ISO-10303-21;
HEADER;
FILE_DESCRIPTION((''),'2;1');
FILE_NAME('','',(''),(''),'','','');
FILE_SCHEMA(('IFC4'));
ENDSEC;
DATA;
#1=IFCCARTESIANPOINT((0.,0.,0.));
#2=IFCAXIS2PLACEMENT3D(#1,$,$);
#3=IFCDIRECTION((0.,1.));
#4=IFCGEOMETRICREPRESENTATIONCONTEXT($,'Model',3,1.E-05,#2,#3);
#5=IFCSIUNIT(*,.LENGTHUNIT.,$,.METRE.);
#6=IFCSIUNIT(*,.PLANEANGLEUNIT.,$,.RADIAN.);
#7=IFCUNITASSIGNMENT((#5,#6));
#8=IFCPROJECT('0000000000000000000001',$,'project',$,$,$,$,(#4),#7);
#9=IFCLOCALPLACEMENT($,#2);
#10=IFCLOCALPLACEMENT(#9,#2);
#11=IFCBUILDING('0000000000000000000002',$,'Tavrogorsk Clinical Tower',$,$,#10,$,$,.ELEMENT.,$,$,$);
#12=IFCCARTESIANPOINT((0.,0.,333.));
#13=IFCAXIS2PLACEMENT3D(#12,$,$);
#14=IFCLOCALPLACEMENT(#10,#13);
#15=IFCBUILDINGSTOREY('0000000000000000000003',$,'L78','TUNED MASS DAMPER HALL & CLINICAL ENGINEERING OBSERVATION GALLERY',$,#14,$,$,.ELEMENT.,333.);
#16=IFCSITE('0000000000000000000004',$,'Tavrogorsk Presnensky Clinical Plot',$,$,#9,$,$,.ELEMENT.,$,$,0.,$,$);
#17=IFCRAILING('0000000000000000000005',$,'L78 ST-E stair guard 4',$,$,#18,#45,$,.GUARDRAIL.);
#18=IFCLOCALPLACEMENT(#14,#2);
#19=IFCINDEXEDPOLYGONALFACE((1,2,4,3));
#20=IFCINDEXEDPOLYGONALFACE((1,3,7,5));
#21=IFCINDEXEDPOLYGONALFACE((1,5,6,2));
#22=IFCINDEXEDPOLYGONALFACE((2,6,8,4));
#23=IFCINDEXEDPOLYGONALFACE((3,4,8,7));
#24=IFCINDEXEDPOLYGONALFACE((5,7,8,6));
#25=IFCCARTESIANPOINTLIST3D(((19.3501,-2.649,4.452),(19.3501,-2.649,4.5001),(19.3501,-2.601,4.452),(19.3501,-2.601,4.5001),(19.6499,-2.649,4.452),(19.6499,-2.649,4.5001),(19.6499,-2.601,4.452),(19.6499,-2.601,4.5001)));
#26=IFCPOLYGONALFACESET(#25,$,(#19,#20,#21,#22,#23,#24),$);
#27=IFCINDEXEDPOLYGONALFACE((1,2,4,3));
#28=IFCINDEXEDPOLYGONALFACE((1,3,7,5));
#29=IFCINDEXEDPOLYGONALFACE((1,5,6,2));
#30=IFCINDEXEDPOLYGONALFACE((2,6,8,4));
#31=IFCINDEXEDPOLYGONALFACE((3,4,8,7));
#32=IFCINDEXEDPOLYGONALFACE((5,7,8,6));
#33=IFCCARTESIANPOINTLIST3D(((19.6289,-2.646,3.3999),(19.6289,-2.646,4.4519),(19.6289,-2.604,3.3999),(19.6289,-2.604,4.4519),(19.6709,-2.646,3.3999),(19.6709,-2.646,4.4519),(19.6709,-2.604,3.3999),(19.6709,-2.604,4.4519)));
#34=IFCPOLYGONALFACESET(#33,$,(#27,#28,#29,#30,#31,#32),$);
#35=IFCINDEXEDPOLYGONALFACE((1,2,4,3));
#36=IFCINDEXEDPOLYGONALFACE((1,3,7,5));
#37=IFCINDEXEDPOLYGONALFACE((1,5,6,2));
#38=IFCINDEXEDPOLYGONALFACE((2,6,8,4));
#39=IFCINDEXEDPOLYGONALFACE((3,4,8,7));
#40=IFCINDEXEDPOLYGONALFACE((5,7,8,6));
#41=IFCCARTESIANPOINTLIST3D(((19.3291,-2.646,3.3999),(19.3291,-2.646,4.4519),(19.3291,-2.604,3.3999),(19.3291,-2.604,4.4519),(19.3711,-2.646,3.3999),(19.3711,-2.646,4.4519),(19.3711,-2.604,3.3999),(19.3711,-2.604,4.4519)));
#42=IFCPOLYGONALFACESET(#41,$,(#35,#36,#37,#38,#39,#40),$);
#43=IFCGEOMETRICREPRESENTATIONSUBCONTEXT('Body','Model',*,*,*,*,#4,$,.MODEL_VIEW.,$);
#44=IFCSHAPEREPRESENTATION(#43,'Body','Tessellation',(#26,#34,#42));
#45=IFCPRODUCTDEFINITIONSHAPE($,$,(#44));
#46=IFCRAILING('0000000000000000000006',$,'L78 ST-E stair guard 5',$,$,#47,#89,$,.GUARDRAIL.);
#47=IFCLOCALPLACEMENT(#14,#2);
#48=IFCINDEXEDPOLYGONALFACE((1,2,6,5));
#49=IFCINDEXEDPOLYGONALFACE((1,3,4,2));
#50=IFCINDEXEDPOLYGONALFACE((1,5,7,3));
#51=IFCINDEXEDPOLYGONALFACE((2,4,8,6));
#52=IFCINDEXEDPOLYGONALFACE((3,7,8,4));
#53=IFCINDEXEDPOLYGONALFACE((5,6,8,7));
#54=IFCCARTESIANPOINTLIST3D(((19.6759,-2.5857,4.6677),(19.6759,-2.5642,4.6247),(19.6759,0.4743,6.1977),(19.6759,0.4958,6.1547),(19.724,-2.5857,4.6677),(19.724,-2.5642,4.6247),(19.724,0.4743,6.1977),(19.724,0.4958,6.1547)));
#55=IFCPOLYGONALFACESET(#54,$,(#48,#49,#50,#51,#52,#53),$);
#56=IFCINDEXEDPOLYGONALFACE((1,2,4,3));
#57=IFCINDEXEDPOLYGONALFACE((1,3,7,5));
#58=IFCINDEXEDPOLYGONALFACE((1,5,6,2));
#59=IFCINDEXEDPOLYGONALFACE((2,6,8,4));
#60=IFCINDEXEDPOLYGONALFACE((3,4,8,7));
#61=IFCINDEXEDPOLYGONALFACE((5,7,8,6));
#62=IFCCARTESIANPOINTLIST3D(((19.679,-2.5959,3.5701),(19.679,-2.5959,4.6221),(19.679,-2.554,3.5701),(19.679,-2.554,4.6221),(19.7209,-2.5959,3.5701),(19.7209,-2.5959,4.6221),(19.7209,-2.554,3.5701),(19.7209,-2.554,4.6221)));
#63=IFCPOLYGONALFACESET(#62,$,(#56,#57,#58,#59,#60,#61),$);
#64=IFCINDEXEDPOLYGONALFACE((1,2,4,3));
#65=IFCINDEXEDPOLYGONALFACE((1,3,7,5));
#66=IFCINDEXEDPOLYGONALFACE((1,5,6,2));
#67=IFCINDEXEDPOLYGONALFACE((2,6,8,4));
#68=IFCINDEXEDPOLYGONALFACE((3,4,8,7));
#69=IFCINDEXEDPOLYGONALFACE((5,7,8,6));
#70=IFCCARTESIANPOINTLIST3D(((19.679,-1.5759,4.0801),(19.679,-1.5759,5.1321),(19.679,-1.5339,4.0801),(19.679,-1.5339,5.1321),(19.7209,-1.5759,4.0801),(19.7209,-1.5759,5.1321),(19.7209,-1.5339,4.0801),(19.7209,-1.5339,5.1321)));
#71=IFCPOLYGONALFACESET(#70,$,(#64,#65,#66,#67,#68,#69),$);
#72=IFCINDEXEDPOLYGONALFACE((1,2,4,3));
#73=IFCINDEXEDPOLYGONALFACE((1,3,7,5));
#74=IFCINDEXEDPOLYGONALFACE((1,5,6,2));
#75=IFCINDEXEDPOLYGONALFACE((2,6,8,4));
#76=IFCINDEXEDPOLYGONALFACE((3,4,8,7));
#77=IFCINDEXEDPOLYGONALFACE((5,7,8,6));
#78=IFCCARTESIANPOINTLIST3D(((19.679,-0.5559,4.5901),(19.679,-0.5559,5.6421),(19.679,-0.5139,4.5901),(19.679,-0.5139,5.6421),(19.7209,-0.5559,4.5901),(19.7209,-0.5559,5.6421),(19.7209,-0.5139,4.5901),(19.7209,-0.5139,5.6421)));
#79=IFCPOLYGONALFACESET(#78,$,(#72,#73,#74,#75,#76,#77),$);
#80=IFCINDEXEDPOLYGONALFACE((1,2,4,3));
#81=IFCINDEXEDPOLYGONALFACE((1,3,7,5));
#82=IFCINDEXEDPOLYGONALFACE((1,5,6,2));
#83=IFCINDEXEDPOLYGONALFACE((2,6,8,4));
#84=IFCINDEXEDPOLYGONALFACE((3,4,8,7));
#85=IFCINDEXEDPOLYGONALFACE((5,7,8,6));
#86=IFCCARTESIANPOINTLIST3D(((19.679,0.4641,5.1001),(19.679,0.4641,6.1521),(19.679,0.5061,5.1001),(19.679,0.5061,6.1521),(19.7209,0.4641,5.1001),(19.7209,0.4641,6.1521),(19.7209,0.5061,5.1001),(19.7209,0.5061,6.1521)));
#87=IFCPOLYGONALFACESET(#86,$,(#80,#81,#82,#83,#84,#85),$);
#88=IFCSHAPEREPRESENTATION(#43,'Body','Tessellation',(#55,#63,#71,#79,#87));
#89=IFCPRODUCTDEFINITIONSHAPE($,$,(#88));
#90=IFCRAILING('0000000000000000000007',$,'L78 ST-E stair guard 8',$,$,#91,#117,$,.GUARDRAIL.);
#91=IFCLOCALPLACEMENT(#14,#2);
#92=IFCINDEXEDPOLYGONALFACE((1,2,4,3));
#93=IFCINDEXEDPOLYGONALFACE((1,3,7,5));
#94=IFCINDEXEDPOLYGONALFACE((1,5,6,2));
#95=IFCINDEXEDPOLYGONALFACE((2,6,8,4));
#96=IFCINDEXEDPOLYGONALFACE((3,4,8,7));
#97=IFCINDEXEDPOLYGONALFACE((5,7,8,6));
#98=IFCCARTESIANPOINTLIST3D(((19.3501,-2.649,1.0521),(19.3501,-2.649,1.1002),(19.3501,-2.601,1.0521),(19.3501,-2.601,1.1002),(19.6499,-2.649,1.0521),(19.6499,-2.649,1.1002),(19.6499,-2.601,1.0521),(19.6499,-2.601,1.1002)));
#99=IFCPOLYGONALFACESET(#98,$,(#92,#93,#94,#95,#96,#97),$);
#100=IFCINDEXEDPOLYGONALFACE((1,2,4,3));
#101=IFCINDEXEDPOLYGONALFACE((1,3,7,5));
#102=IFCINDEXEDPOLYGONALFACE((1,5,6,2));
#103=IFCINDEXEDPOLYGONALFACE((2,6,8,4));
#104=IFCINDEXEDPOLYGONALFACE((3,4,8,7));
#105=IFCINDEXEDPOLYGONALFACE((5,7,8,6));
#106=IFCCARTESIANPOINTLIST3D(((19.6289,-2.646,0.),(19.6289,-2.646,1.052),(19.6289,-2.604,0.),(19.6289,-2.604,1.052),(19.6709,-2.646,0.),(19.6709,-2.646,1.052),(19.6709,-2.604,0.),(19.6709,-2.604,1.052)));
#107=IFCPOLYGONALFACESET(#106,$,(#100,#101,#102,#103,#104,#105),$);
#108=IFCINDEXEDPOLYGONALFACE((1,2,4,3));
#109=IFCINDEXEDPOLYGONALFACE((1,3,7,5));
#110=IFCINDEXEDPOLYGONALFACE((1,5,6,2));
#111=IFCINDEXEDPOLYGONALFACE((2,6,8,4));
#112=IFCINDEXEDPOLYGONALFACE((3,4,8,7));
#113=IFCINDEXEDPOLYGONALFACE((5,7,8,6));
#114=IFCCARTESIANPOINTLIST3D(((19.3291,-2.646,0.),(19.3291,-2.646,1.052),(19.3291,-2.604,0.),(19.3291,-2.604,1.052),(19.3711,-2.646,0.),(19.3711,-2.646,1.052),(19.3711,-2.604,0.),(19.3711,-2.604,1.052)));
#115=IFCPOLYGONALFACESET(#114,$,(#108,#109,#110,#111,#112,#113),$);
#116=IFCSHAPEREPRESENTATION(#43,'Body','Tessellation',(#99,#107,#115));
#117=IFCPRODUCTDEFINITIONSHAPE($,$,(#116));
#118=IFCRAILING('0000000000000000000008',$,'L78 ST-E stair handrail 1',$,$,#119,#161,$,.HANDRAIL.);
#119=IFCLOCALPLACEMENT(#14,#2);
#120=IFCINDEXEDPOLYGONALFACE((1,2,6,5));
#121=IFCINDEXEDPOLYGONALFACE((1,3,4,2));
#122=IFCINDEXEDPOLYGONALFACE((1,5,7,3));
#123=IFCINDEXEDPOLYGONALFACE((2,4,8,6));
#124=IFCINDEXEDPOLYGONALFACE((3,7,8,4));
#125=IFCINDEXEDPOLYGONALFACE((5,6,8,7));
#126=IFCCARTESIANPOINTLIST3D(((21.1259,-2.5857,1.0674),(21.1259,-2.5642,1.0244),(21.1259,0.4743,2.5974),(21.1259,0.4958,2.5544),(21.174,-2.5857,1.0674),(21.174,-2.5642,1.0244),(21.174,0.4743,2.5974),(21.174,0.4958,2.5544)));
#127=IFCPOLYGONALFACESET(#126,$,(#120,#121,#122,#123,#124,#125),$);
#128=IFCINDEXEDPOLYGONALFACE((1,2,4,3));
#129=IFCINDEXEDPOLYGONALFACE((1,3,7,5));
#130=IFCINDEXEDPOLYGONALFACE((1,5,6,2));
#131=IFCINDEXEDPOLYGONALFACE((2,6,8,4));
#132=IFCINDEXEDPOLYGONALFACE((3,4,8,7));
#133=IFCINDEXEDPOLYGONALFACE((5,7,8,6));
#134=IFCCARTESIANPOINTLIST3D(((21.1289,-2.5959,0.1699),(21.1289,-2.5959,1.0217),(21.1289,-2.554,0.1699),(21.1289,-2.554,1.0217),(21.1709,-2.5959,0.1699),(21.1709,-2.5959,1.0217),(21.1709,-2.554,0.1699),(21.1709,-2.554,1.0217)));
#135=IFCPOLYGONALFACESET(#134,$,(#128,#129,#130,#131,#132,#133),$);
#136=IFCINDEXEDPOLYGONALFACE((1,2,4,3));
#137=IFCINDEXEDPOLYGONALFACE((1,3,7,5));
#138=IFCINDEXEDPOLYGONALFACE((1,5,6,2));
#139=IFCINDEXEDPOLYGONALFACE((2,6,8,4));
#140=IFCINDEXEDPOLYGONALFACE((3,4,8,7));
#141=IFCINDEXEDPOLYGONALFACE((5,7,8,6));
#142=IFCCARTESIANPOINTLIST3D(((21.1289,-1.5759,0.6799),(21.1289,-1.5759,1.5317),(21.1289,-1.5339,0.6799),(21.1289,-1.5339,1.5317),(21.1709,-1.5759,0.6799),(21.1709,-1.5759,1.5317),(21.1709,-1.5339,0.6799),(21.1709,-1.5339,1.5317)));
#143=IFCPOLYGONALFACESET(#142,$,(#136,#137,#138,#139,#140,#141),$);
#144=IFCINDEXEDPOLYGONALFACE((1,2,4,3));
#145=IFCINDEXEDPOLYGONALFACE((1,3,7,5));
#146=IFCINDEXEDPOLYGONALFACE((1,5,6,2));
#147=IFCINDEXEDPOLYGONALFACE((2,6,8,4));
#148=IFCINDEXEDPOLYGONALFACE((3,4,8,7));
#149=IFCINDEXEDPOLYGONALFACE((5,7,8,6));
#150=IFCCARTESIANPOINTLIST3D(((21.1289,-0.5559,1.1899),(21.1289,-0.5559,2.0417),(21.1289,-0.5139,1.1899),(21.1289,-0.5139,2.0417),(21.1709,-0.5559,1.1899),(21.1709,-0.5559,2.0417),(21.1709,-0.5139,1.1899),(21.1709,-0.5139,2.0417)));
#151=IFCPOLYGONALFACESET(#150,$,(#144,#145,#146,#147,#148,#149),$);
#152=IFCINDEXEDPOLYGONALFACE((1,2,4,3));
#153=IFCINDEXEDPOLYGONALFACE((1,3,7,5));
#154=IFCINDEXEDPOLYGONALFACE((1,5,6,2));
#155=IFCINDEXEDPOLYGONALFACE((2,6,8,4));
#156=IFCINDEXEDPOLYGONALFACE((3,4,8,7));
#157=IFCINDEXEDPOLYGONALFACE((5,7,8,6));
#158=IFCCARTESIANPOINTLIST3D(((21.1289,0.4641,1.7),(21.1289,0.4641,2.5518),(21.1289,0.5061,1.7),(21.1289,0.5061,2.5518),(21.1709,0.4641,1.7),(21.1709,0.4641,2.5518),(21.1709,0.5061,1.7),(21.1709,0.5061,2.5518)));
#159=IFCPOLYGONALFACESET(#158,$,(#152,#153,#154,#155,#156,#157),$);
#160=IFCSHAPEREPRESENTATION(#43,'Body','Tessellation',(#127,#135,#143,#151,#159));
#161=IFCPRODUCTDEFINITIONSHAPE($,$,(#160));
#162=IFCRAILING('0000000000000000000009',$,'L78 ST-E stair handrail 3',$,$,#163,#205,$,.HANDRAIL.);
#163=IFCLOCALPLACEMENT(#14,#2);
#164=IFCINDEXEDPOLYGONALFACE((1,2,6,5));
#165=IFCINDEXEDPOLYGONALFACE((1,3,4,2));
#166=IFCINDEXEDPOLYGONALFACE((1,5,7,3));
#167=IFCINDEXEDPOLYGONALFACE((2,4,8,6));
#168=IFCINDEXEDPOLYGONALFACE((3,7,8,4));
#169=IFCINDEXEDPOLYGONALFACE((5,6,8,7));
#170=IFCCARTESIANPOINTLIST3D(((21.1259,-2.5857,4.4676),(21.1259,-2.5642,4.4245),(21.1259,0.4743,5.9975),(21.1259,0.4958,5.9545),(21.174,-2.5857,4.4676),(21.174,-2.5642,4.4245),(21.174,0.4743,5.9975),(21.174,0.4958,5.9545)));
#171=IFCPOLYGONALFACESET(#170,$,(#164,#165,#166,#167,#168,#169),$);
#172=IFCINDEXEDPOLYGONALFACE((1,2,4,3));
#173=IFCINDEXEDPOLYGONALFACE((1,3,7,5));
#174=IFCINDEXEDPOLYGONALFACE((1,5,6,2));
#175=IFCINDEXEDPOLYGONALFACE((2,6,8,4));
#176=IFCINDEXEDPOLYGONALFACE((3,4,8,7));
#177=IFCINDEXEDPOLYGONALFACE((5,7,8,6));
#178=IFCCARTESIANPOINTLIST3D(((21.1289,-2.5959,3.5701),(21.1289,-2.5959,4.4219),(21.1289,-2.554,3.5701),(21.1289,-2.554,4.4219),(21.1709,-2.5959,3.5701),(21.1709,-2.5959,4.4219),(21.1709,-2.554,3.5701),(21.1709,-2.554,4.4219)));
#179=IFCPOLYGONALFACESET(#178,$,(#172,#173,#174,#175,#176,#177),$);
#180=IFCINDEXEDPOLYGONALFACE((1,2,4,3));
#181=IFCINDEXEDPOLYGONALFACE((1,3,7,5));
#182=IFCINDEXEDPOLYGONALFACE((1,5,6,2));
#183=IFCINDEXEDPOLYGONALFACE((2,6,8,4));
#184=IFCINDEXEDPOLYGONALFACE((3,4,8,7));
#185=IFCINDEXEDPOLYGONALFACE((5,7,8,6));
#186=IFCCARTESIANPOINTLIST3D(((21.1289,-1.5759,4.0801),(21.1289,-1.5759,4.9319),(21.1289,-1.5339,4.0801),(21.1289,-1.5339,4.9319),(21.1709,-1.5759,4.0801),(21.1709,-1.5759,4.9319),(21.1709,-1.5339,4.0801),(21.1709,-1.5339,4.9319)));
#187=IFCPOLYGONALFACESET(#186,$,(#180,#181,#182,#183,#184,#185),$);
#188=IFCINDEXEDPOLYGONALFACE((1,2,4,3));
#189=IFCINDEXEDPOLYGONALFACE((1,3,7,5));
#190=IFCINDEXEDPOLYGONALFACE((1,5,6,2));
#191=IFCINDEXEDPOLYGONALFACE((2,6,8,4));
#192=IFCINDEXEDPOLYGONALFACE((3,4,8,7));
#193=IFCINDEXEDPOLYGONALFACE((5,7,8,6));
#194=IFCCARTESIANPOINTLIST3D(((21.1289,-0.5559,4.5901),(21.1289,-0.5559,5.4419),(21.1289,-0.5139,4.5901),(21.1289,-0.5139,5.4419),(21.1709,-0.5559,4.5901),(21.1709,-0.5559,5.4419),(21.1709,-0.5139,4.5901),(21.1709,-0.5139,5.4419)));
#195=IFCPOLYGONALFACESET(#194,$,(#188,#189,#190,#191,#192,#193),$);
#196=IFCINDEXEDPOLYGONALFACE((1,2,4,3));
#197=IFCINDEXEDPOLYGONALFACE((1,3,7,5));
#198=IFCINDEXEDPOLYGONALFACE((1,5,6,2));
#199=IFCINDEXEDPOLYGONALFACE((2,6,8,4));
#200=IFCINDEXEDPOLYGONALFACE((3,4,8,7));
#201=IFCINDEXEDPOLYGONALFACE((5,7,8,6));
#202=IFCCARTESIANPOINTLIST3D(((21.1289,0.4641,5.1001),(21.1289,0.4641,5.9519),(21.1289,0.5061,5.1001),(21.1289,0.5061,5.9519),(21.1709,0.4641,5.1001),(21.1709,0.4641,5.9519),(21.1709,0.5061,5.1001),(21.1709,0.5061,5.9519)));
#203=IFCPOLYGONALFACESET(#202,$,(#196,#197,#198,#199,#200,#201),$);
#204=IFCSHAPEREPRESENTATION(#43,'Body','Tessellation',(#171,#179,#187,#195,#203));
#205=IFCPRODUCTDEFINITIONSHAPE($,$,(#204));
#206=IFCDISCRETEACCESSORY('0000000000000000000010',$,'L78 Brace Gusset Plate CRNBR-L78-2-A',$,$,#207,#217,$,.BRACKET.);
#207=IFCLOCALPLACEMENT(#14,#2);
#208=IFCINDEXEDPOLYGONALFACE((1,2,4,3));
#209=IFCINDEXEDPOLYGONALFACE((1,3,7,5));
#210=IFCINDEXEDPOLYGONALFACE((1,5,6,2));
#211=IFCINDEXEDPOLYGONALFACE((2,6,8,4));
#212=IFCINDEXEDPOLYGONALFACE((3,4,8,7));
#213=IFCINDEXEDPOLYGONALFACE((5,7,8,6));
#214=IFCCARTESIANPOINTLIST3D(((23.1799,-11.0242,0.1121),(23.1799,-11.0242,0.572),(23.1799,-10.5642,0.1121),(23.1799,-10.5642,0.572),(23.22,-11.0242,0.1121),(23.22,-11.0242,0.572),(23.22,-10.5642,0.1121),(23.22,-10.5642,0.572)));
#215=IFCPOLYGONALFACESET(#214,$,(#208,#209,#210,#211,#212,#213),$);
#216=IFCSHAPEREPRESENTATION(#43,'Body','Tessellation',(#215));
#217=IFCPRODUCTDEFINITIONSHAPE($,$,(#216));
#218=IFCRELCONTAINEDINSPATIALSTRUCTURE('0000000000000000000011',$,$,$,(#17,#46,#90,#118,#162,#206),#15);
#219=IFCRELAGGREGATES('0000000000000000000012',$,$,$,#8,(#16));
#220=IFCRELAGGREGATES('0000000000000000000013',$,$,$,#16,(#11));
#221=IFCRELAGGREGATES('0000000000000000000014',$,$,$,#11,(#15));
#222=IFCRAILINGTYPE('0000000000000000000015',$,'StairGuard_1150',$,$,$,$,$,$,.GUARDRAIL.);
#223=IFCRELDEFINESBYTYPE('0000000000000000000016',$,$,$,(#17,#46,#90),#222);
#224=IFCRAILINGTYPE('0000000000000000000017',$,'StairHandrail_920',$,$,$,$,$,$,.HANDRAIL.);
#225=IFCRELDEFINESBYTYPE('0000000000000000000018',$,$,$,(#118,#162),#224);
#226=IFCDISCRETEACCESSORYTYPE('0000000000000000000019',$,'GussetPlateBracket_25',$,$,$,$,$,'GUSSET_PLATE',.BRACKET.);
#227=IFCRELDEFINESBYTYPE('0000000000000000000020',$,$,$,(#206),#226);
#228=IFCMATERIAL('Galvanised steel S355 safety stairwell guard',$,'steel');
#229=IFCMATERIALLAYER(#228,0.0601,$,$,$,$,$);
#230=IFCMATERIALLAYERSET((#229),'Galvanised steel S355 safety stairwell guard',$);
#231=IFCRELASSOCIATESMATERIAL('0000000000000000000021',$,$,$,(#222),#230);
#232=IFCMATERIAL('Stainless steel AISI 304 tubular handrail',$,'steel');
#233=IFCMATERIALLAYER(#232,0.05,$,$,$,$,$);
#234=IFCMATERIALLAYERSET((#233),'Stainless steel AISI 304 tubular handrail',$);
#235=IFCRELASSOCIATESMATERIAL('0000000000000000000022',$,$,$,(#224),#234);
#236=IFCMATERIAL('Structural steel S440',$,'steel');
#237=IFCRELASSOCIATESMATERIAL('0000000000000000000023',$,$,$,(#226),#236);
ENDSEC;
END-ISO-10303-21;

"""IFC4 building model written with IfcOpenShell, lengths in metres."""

from ifc_helpers import new_model, si_unit, direction, frame, origin, origin_2d, place, context, subcontext, project, spatial, rectangle, extrude, material, layer, layer_set, type_object, element, save


model = new_model("IFC4")

# Units and contexts
model_context = context("Model", 3, precision=1e-05, world=origin(), true_north=direction((0.0, 1.0)))
body_context = subcontext(model_context, "Body", "Model", "MODEL_VIEW")
ifc_project = project(units=[si_unit("LENGTHUNIT", "METRE"), si_unit("PLANEANGLEUNIT", "RADIAN")], contexts=[model_context])

# Site, building, storey
site_placement = place(None, origin())
site = spatial("IfcSite", under=ifc_project, at=site_placement, Name="Tavrogorsk Presnensky Clinical Plot", CompositionType="ELEMENT", RefElevation=0.0)
building_placement = place(site_placement, origin())
building = spatial("IfcBuilding", under=site, at=building_placement, Name="Tavrogorsk Clinical Tower", CompositionType="ELEMENT")
storey_placement = place(building_placement, frame((0.0, 0.0, 333.0)))
storey = spatial("IfcBuildingStorey", under=building, at=storey_placement, Name="L78", Description="TUNED MASS DAMPER HALL & CLINICAL ENGINEERING OBSERVATION GALLERY", CompositionType="ELEMENT", Elevation=333.0)

# Railings
ifc_material_1 = material(Name="Galvanised steel S355 safety stairwell guard", Category="steel")
ifc_layer_1 = layer(ifc_material_1, 0.0601)
ifc_layer_set_1 = layer_set([ifc_layer_1], Name="Galvanised steel S355 safety stairwell guard")
railing_type_1 = type_object("IfcRailingType", Name="StairGuard_1150", PredefinedType="GUARDRAIL", material=ifc_layer_set_1)
railing_1_placement = place(storey_placement, frame((19.6499, -2.625, 3.3999)))
element("IfcRailing", 1, at=railing_1_placement, inside=storey, type_object=railing_type_1, Name="L78 ST-E stair guard 4", PredefinedType="GUARDRAIL", context=body_context, shape_type="SweptSolid", body=[
    extrude(rectangle(XDim=0.0481, YDim=0.0481, at=origin_2d()), frame((0.0, 0.0, 1.0762), z_axis=(-1.0, 0.0, 0.0), x_axis=(0.0, -1.0, 0.0)), (0.0, 0.0, 1.0), 0.2998),
    extrude(rectangle(XDim=0.042, YDim=0.042, at=origin_2d()), origin(), (0.0, 0.0, 1.0), 1.052),
    extrude(rectangle(XDim=0.042, YDim=0.042, at=origin_2d()), frame((-0.2998, 0.0, 0.0)), (0.0, 0.0, 1.0), 1.052),
])
railing_2_placement = place(storey_placement, frame((19.7, -2.575, 3.5701)))
element("IfcRailing", 2, at=railing_2_placement, inside=storey, type_object=railing_type_1, Name="L78 ST-E stair guard 5", PredefinedType="GUARDRAIL", context=body_context, shape_type="SweptSolid", body=[
    extrude(rectangle(XDim=0.0481, YDim=0.0481, at=origin_2d()), frame((0.0, 0.0, 1.0762), z_axis=(0.0, 0.894427, 0.447214), x_axis=(-1.0, 0.0, 0.0)), (0.0, 0.0, 1.0), 3.4211),
    extrude(rectangle(XDim=0.042, YDim=0.042, at=origin_2d()), origin(), (0.0, 0.0, 1.0), 1.052),
    extrude(rectangle(XDim=0.042, YDim=0.042, at=origin_2d()), frame((0.0, 1.02, 0.51)), (0.0, 0.0, 1.0), 1.052),
    extrude(rectangle(XDim=0.042, YDim=0.042, at=origin_2d()), frame((0.0, 2.04, 1.02)), (0.0, 0.0, 1.0), 1.052),
    extrude(rectangle(XDim=0.042, YDim=0.042, at=origin_2d()), frame((0.0, 3.0601, 1.53)), (0.0, 0.0, 1.0), 1.052),
])
railing_3_placement = place(storey_placement, frame((19.6499, -2.625, 0.0)))
element("IfcRailing", 3, at=railing_3_placement, inside=storey, type_object=railing_type_1, Name="L78 ST-E stair guard 8", PredefinedType="GUARDRAIL", context=body_context, shape_type="SweptSolid", body=[
    extrude(rectangle(XDim=0.0481, YDim=0.0481, at=origin_2d()), frame((0.0, 0.0, 1.0762), z_axis=(-1.0, 0.0, 0.0), x_axis=(0.0, -1.0, 0.0)), (0.0, 0.0, 1.0), 0.2998),
    extrude(rectangle(XDim=0.042, YDim=0.042, at=origin_2d()), origin(), (0.0, 0.0, 1.0), 1.052),
    extrude(rectangle(XDim=0.042, YDim=0.042, at=origin_2d()), frame((-0.2998, 0.0, 0.0)), (0.0, 0.0, 1.0), 1.052),
])
ifc_material_2 = material(Name="Stainless steel AISI 304 tubular handrail", Category="steel")
ifc_layer_2 = layer(ifc_material_2, 0.05)
ifc_layer_set_2 = layer_set([ifc_layer_2], Name="Stainless steel AISI 304 tubular handrail")
railing_type_2 = type_object("IfcRailingType", Name="StairHandrail_920", PredefinedType="HANDRAIL", material=ifc_layer_set_2)
for number, where, name in (
    (4, (21.1499, -2.575, 0.1699), "L78 ST-E stair handrail 1"),
    (5, (21.1499, -2.575, 3.5701), "L78 ST-E stair handrail 3"),
):
    element("IfcRailing", number, at=place(storey_placement, frame(where)), inside=storey, type_object=railing_type_2, Name=name, PredefinedType="HANDRAIL", context=body_context, shape_type="SweptSolid", body=[
        extrude(rectangle(XDim=0.0481, YDim=0.0481, at=origin_2d()), frame((0.0, 0.0, 0.876), z_axis=(0.0, 0.894427, 0.447214), x_axis=(-1.0, 0.0, 0.0)), (0.0, 0.0, 1.0), 3.4211),
        extrude(rectangle(XDim=0.042, YDim=0.042, at=origin_2d()), origin(), (0.0, 0.0, 1.0), 0.8518),
        extrude(rectangle(XDim=0.042, YDim=0.042, at=origin_2d()), frame((0.0, 1.02, 0.51)), (0.0, 0.0, 1.0), 0.8518),
        extrude(rectangle(XDim=0.042, YDim=0.042, at=origin_2d()), frame((0.0, 2.04, 1.02)), (0.0, 0.0, 1.0), 0.8518),
        extrude(rectangle(XDim=0.042, YDim=0.042, at=origin_2d()), frame((0.0, 3.0601, 1.53)), (0.0, 0.0, 1.0), 0.8518),
    ])

# Discrete accessory
ifc_material_3 = material(Name="Structural steel S440", Category="steel")
discrete_accessory_type = type_object("IfcDiscreteAccessoryType", Name="GussetPlateBracket_25", ElementType="GUSSET_PLATE", PredefinedType="BRACKET", material=ifc_material_3)
discrete_accessory_placement = place(storey_placement, frame((23.2, -10.7942, 0.1121), z_axis=(0.0, 0.0, 1.0), x_axis=(0.0, 1.0, 0.0)))
element("IfcDiscreteAccessory", 6, at=discrete_accessory_placement, inside=storey, type_object=discrete_accessory_type, Name="L78 Brace Gusset Plate CRNBR-L78-2-A", PredefinedType="BRACKET", context=body_context, shape_type="SweptSolid", body=[
    extrude(rectangle(XDim=0.46, YDim=0.04, at=origin_2d()), origin(), (0.0, 0.0, 1.0), 0.46),
])

save(model, "model.ifc")
